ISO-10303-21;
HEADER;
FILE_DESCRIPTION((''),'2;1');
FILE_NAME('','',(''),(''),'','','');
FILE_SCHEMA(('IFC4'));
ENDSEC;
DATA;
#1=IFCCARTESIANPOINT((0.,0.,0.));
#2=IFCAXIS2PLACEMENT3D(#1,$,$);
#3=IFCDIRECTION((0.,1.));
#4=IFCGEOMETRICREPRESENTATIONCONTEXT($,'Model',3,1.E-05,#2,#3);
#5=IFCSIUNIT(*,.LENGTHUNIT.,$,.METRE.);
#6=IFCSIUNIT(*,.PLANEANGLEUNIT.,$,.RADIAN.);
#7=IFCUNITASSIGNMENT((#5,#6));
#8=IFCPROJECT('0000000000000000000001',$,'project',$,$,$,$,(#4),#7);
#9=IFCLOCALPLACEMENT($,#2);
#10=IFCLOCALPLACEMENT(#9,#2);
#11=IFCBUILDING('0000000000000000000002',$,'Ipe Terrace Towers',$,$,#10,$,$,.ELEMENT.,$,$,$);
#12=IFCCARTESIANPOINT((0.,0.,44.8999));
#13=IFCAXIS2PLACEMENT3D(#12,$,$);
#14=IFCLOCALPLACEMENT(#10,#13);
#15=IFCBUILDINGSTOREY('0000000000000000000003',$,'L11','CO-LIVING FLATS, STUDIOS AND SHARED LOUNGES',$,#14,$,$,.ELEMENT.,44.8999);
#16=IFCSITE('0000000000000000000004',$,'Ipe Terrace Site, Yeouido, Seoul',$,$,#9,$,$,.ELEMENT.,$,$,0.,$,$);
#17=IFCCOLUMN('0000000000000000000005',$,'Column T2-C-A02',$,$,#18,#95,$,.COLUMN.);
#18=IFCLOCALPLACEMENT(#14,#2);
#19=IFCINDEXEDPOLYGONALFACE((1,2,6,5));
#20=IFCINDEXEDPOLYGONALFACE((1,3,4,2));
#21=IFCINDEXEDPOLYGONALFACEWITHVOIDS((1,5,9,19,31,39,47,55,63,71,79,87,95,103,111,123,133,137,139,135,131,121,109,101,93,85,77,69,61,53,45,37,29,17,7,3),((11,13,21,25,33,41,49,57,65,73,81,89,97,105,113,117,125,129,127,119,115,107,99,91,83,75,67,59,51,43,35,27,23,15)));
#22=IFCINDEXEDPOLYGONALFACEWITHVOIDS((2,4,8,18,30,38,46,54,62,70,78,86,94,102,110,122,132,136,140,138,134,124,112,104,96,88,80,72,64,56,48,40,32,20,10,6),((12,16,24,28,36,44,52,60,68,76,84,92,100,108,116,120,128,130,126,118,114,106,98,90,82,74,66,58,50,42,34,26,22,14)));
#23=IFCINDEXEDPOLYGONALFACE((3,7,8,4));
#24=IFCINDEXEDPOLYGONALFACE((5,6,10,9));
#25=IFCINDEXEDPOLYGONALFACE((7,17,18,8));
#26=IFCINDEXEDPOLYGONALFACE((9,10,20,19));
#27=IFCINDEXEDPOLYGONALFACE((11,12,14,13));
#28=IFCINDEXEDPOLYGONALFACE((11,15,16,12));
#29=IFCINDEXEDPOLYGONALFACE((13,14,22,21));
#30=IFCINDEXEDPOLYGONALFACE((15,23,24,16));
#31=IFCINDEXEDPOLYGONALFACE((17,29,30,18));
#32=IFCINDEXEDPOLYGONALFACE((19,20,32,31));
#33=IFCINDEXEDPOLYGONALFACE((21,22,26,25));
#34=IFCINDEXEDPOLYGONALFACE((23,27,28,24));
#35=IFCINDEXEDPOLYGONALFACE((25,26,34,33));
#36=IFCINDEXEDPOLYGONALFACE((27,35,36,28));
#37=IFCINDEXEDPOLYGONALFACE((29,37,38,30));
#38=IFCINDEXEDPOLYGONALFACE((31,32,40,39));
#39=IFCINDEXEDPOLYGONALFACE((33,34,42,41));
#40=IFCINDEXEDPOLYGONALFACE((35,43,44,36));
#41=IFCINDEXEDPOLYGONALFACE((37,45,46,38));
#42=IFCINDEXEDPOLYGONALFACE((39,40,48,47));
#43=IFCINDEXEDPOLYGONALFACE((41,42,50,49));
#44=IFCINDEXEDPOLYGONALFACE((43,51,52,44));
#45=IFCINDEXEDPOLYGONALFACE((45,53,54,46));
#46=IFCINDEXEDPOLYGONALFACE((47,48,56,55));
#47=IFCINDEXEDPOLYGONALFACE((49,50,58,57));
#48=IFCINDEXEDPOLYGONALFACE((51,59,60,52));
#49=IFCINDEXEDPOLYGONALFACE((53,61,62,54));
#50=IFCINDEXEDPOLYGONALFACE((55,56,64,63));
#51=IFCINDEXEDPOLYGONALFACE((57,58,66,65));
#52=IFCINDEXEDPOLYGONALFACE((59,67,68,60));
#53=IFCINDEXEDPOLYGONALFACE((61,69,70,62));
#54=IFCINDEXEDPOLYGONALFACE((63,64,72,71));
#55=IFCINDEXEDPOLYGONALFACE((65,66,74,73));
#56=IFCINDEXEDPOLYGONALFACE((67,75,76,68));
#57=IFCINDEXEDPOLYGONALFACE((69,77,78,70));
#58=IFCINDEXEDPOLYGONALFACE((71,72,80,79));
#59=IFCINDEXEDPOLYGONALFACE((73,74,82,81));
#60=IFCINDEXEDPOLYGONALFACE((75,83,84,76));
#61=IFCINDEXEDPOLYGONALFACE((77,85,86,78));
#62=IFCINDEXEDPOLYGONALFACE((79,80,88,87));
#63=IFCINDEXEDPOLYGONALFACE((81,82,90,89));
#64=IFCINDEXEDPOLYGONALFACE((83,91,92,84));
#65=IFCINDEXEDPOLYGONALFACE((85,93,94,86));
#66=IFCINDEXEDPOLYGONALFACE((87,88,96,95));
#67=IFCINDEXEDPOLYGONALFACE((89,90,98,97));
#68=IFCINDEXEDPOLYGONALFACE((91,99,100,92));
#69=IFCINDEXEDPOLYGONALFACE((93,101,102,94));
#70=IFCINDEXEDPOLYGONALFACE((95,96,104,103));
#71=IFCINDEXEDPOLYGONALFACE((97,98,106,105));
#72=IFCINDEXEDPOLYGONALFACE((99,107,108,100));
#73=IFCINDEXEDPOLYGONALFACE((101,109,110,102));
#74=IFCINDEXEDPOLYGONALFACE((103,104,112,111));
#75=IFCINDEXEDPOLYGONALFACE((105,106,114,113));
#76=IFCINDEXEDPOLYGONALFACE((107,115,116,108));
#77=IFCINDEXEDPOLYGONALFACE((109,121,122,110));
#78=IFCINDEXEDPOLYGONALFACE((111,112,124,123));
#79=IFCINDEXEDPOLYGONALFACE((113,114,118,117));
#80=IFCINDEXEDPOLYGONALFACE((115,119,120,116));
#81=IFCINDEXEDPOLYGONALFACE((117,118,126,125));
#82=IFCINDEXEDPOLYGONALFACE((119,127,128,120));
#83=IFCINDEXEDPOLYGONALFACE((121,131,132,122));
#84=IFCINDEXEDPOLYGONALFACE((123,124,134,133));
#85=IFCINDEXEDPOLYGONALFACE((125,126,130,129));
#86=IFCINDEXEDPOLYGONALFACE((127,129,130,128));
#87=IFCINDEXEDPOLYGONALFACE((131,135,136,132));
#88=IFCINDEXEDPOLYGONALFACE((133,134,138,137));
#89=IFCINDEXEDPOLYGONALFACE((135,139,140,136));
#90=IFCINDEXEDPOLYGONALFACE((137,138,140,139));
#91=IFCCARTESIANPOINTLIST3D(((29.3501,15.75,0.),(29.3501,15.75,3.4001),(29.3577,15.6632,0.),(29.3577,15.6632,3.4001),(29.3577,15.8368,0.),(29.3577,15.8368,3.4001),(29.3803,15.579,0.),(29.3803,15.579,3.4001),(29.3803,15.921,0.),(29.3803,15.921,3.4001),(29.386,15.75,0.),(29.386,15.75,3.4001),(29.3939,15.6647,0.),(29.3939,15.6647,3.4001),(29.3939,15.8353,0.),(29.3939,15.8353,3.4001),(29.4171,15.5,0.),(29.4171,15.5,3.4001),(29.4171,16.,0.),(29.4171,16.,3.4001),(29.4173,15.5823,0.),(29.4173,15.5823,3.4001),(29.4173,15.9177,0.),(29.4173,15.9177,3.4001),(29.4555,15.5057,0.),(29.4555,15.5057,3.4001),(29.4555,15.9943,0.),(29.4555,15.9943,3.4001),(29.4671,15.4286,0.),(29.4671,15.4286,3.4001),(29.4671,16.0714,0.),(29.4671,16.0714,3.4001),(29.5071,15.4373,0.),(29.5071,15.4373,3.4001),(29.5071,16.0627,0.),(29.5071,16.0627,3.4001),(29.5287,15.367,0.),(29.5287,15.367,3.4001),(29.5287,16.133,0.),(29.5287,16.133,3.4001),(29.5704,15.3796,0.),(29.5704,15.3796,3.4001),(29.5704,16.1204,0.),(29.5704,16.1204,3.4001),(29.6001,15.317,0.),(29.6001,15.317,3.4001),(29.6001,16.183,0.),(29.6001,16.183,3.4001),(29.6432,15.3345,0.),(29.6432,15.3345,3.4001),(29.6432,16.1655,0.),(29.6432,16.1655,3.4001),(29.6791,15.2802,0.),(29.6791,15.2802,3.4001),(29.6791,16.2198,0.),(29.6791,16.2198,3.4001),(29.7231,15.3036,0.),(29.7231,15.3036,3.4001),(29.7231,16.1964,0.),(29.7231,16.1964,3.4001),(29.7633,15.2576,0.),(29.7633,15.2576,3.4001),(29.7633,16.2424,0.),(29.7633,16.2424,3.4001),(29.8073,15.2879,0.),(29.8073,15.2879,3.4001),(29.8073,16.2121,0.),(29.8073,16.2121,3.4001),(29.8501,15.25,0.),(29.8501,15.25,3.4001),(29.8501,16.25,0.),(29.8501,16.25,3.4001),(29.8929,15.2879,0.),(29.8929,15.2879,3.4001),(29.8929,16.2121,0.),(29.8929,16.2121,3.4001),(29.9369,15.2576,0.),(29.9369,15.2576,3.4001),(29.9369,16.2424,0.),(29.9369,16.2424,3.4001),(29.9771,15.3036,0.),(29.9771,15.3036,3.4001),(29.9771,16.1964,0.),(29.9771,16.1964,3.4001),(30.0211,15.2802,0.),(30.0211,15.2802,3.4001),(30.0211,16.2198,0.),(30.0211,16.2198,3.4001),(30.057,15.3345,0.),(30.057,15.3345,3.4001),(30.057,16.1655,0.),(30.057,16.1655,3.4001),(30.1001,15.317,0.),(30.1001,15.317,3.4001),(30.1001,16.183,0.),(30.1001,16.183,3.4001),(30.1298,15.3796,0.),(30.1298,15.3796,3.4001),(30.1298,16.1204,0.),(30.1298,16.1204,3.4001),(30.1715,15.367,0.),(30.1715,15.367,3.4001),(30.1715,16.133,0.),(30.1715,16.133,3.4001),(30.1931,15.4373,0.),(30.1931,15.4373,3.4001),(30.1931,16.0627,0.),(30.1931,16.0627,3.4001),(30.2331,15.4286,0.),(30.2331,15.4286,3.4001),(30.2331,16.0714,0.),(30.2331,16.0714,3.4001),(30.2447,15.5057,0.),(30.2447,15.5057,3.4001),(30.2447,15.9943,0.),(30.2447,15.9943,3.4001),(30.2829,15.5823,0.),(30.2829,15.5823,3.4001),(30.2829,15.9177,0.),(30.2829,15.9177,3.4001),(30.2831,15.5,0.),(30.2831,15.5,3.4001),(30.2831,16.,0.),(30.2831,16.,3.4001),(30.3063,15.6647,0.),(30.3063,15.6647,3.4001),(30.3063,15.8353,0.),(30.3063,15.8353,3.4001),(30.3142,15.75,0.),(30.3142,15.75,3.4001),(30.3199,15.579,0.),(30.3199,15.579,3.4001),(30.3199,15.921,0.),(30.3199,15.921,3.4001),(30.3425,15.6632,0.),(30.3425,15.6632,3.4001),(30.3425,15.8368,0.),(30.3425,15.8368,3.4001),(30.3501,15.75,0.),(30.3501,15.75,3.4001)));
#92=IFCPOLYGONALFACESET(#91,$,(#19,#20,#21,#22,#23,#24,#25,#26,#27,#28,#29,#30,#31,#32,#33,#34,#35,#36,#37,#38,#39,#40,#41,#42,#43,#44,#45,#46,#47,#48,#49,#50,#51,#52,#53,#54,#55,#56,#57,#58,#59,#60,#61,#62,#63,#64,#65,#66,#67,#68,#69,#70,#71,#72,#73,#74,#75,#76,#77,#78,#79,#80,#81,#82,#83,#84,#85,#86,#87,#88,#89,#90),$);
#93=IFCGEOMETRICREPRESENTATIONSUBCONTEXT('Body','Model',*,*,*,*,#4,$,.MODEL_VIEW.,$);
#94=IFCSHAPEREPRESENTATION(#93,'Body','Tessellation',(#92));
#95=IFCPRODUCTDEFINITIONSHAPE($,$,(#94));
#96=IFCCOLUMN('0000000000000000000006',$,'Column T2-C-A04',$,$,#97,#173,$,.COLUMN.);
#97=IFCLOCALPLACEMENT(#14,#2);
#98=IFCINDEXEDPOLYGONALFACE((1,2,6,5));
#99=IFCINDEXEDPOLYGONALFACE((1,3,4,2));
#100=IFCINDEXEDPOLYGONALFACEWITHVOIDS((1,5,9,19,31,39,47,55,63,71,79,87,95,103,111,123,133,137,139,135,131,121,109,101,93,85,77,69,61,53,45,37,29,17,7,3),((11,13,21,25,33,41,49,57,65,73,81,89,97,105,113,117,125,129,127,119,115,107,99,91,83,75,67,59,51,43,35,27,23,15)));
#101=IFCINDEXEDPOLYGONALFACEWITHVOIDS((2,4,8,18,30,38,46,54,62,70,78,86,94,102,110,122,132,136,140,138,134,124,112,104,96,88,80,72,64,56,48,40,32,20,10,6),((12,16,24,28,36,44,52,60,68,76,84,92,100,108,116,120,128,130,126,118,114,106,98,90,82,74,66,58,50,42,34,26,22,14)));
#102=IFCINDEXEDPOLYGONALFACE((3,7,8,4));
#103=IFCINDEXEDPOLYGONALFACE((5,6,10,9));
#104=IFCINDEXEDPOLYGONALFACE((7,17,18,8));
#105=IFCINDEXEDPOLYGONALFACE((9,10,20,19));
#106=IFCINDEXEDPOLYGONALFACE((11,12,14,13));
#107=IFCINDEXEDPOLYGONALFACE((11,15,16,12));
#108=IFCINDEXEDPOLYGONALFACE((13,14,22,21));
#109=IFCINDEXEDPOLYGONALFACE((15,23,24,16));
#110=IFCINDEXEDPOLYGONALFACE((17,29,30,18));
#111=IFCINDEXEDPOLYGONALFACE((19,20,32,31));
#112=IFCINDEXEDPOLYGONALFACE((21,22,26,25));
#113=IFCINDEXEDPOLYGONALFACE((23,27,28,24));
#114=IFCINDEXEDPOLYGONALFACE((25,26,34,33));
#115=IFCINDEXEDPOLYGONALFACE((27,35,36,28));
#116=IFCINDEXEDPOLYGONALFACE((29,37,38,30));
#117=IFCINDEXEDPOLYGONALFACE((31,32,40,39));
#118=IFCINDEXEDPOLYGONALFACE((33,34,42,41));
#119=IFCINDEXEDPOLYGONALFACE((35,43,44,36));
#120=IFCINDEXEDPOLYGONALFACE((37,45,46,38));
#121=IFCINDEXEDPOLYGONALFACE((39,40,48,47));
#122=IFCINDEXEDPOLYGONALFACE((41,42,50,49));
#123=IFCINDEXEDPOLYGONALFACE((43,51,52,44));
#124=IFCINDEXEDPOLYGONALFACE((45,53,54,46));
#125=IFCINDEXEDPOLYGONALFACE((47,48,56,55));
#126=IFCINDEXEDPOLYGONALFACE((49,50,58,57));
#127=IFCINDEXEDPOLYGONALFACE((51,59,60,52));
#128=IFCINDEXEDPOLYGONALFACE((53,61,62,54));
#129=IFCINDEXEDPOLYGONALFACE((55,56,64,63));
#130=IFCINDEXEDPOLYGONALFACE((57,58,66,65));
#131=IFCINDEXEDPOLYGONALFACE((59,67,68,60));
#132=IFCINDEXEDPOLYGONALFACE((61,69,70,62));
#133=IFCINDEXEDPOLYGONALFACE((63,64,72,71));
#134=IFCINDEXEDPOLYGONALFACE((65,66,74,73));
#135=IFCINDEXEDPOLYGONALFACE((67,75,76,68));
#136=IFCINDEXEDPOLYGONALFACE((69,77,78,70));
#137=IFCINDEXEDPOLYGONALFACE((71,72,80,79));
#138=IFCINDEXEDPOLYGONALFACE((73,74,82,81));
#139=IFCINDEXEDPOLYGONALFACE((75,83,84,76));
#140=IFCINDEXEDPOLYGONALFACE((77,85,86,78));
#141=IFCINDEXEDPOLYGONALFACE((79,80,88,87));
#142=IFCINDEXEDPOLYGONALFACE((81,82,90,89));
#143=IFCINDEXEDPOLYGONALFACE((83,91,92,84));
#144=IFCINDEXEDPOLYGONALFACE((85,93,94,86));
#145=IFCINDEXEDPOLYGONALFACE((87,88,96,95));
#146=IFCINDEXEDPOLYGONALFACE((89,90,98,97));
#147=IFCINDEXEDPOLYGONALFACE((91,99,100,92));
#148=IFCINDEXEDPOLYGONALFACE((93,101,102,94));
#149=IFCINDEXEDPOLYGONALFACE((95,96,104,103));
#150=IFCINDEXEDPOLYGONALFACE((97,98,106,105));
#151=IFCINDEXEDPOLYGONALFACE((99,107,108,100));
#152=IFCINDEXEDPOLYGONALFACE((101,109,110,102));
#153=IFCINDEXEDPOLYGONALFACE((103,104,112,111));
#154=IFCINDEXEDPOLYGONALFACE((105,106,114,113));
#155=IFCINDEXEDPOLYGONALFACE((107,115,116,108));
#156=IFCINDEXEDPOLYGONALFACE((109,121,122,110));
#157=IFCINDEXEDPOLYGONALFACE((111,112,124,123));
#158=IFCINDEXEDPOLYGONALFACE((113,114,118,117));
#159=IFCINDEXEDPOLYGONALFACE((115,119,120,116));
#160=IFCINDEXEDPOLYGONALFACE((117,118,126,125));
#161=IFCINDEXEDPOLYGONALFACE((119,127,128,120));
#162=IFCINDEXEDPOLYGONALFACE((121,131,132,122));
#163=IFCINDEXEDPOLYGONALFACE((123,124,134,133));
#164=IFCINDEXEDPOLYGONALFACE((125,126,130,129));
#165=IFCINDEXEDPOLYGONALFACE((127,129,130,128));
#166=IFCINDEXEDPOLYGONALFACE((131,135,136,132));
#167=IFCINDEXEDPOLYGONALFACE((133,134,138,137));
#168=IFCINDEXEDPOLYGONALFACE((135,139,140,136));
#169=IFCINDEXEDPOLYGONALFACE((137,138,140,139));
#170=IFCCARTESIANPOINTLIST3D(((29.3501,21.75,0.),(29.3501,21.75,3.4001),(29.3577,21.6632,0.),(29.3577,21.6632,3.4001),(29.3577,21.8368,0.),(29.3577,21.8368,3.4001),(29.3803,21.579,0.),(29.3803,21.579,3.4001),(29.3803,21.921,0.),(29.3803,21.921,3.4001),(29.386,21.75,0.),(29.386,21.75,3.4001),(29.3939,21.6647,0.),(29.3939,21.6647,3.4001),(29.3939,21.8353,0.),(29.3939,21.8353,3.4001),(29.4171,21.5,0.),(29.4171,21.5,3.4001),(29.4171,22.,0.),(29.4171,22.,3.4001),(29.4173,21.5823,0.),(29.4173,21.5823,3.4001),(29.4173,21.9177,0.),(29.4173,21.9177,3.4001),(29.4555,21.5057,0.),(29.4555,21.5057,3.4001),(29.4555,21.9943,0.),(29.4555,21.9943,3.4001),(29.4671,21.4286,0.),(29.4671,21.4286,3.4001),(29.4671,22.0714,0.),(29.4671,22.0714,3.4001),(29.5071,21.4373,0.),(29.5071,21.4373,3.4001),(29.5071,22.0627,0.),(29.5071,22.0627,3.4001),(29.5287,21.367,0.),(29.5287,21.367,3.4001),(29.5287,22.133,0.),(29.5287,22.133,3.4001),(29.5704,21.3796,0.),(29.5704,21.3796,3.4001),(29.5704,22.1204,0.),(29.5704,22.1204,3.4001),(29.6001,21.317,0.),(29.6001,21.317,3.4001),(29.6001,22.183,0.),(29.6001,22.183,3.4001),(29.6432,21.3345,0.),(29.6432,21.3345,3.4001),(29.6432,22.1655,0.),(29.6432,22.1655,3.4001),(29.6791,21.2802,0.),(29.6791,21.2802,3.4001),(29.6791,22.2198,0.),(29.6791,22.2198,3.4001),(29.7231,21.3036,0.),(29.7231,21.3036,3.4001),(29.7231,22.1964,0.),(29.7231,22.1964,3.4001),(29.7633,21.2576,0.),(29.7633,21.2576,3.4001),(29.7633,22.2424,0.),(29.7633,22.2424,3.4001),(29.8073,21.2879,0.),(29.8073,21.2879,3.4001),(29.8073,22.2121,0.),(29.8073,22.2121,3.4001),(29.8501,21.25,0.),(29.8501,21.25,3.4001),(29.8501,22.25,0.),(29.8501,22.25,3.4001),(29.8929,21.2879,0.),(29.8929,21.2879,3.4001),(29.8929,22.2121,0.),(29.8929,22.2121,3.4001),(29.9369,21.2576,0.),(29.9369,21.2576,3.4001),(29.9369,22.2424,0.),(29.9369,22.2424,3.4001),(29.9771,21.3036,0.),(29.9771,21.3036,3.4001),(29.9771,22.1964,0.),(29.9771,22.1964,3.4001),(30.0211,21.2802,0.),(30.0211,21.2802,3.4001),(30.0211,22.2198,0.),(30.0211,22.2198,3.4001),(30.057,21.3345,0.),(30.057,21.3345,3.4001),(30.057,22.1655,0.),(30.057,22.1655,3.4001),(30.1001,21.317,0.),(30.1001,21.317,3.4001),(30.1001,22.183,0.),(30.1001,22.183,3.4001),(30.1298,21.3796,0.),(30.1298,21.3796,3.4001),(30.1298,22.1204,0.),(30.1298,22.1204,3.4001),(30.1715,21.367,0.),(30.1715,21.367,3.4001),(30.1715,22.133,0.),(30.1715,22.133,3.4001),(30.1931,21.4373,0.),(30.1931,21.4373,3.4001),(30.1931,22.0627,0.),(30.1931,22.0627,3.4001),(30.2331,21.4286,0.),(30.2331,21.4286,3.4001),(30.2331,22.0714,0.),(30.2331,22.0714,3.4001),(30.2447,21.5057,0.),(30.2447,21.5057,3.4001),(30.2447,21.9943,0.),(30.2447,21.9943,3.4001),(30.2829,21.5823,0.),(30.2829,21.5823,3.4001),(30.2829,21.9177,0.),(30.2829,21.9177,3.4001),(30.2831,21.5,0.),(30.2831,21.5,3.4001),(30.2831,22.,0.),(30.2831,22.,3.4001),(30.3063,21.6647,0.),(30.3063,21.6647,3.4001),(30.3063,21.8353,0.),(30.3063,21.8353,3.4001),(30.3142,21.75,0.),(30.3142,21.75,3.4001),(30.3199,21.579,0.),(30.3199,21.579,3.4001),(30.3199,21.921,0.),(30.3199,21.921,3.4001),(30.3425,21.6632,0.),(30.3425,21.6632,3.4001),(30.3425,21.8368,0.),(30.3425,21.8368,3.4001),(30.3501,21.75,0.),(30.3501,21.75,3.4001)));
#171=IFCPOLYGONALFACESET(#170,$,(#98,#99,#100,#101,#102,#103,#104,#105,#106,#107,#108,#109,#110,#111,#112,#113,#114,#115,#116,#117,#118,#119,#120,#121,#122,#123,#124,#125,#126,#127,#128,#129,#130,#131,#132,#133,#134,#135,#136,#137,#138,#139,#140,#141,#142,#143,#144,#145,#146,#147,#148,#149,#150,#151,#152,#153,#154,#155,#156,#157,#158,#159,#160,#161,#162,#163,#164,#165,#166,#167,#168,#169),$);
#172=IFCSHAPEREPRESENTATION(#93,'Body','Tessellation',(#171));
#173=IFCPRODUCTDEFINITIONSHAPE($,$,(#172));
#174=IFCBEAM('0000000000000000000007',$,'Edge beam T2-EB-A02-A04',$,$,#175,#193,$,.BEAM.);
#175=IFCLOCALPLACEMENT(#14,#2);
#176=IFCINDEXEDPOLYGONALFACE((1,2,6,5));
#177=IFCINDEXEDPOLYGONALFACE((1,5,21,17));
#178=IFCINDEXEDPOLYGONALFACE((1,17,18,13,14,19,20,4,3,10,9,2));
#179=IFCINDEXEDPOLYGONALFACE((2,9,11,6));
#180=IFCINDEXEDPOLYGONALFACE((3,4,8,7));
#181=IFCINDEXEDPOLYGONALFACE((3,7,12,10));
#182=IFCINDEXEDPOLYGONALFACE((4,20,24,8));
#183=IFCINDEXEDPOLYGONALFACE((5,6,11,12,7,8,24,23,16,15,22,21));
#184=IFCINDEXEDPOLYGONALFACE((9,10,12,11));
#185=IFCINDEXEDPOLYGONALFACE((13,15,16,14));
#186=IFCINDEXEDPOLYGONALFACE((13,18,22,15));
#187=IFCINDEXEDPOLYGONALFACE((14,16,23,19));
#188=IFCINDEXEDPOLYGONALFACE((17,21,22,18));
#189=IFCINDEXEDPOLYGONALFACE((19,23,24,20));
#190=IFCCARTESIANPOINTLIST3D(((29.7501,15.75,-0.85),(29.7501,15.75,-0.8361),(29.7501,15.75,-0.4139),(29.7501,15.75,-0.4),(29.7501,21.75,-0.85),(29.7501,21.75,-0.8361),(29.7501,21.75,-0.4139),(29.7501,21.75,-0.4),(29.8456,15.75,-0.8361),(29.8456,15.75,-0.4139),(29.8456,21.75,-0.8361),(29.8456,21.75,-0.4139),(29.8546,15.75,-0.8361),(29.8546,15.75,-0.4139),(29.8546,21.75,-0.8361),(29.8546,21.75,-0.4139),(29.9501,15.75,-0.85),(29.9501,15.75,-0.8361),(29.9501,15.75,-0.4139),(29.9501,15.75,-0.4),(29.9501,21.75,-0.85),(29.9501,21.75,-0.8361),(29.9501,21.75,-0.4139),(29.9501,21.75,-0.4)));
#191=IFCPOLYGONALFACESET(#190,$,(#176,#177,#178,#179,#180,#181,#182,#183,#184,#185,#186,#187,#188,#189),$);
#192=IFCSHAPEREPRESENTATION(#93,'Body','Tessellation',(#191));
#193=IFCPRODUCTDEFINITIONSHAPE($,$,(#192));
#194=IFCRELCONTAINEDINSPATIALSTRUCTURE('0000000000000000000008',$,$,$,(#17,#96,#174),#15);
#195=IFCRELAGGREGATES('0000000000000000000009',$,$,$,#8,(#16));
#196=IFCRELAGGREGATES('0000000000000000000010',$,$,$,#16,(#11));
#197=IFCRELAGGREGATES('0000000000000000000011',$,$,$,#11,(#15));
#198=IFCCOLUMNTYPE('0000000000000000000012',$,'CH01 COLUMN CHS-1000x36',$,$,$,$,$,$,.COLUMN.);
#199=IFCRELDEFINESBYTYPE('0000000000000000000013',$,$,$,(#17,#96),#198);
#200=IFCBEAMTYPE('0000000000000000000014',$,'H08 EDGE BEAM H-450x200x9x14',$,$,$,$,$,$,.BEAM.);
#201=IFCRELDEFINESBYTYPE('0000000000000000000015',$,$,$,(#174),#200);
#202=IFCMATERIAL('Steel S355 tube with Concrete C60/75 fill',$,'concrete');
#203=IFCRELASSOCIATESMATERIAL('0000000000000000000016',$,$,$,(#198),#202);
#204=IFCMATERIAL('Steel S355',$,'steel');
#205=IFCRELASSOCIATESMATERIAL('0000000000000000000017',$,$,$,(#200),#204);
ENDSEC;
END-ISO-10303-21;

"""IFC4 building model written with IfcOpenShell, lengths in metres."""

from ifc_helpers import new_model, si_unit, direction, frame, origin, origin_2d, place, context, subcontext, project, spatial, hollow_circle, i_section, extrude, material, material_profile, profile_set, type_object, element, save


model = new_model("IFC4")

# Units and contexts
model_context = context("Model", 3, precision=1e-05, world=origin(), true_north=direction((0.0, 1.0)))
body_context = subcontext(model_context, "Body", "Model", "MODEL_VIEW")
ifc_project = project(units=[si_unit("LENGTHUNIT", "METRE"), si_unit("PLANEANGLEUNIT", "RADIAN")], contexts=[model_context])

# Site, building, storey
site_placement = place(None, origin())
site = spatial("IfcSite", under=ifc_project, at=site_placement, Name="Ipe Terrace Site, Yeouido, Seoul", CompositionType="ELEMENT", RefElevation=0.0)
building_placement = place(site_placement, origin())
building = spatial("IfcBuilding", under=site, at=building_placement, Name="Ipe Terrace Towers", CompositionType="ELEMENT")
storey_placement = place(building_placement, frame((0.0, 0.0, 44.8999)))
storey = spatial("IfcBuildingStorey", under=building, at=storey_placement, Name="L11", Description="CO-LIVING FLATS, STUDIOS AND SHARED LOUNGES", CompositionType="ELEMENT", Elevation=44.8999)

# Columns
ifc_material_1 = material(Name="Steel S355 tube with Concrete C60/75 fill", Category="concrete")
ifc_material_profile_1 = material_profile(ifc_material_1, hollow_circle(Radius=0.5, WallThickness=0.0359, at=origin_2d()), Name="CHS-1000x36")
ifc_profile_set_1 = profile_set([ifc_material_profile_1], Name="Steel S355 tube with Concrete C60/75 fill")
column_type = type_object("IfcColumnType", Name="CH01 COLUMN CHS-1000x36", PredefinedType="COLUMN", material=ifc_profile_set_1)
for number, where, z_axis, x_axis, name in (
    (1, (29.8501, 15.75, 0.0), (0.0, 0.0, 1.0), (1.0, 0.0, 0.0), "Column T2-C-A02"),
    (2, (29.8501, 21.75, 0.0), (0.0, 0.0, 1.0), (1.0, 0.0, 0.0), "Column T2-C-A04"),
):
    element("IfcColumn", number, at=place(storey_placement, frame(where, z_axis=z_axis, x_axis=x_axis)), inside=storey, type_object=column_type, Name=name, PredefinedType="COLUMN", context=body_context, shape_type="SweptSolid", body=[
        extrude(hollow_circle(Radius=0.5, WallThickness=0.0359, at=origin_2d()), origin(), (0.0, 0.0, 1.0), 3.4001),
    ])

# Beam
ifc_material_2 = material(Name="Steel S355", Category="steel")
ifc_material_profile_2 = material_profile(ifc_material_2, i_section(OverallWidth=0.2, OverallDepth=0.45, WebThickness=0.009, FlangeThickness=0.0139, at=origin_2d()), Name="H-450x200x9x14")
ifc_profile_set_2 = profile_set([ifc_material_profile_2], Name="Steel S355")
beam_type = type_object("IfcBeamType", Name="H08 EDGE BEAM H-450x200x9x14", PredefinedType="BEAM", material=ifc_profile_set_2)
beam_placement = place(storey_placement, frame((29.8501, 15.75, -0.625), z_axis=(0.0, 1.0, 0.0), x_axis=(-1.0, 0.0, 0.0)))
element("IfcBeam", 3, at=beam_placement, inside=storey, type_object=beam_type, Name="Edge beam T2-EB-A02-A04", PredefinedType="BEAM", context=body_context, shape_type="SweptSolid", body=[
    extrude(i_section(OverallWidth=0.2, OverallDepth=0.45, WebThickness=0.009, FlangeThickness=0.0139, at=origin_2d()), origin(), (0.0, 0.0, 1.0), 6.0),
])

save(model, "model.ifc")
